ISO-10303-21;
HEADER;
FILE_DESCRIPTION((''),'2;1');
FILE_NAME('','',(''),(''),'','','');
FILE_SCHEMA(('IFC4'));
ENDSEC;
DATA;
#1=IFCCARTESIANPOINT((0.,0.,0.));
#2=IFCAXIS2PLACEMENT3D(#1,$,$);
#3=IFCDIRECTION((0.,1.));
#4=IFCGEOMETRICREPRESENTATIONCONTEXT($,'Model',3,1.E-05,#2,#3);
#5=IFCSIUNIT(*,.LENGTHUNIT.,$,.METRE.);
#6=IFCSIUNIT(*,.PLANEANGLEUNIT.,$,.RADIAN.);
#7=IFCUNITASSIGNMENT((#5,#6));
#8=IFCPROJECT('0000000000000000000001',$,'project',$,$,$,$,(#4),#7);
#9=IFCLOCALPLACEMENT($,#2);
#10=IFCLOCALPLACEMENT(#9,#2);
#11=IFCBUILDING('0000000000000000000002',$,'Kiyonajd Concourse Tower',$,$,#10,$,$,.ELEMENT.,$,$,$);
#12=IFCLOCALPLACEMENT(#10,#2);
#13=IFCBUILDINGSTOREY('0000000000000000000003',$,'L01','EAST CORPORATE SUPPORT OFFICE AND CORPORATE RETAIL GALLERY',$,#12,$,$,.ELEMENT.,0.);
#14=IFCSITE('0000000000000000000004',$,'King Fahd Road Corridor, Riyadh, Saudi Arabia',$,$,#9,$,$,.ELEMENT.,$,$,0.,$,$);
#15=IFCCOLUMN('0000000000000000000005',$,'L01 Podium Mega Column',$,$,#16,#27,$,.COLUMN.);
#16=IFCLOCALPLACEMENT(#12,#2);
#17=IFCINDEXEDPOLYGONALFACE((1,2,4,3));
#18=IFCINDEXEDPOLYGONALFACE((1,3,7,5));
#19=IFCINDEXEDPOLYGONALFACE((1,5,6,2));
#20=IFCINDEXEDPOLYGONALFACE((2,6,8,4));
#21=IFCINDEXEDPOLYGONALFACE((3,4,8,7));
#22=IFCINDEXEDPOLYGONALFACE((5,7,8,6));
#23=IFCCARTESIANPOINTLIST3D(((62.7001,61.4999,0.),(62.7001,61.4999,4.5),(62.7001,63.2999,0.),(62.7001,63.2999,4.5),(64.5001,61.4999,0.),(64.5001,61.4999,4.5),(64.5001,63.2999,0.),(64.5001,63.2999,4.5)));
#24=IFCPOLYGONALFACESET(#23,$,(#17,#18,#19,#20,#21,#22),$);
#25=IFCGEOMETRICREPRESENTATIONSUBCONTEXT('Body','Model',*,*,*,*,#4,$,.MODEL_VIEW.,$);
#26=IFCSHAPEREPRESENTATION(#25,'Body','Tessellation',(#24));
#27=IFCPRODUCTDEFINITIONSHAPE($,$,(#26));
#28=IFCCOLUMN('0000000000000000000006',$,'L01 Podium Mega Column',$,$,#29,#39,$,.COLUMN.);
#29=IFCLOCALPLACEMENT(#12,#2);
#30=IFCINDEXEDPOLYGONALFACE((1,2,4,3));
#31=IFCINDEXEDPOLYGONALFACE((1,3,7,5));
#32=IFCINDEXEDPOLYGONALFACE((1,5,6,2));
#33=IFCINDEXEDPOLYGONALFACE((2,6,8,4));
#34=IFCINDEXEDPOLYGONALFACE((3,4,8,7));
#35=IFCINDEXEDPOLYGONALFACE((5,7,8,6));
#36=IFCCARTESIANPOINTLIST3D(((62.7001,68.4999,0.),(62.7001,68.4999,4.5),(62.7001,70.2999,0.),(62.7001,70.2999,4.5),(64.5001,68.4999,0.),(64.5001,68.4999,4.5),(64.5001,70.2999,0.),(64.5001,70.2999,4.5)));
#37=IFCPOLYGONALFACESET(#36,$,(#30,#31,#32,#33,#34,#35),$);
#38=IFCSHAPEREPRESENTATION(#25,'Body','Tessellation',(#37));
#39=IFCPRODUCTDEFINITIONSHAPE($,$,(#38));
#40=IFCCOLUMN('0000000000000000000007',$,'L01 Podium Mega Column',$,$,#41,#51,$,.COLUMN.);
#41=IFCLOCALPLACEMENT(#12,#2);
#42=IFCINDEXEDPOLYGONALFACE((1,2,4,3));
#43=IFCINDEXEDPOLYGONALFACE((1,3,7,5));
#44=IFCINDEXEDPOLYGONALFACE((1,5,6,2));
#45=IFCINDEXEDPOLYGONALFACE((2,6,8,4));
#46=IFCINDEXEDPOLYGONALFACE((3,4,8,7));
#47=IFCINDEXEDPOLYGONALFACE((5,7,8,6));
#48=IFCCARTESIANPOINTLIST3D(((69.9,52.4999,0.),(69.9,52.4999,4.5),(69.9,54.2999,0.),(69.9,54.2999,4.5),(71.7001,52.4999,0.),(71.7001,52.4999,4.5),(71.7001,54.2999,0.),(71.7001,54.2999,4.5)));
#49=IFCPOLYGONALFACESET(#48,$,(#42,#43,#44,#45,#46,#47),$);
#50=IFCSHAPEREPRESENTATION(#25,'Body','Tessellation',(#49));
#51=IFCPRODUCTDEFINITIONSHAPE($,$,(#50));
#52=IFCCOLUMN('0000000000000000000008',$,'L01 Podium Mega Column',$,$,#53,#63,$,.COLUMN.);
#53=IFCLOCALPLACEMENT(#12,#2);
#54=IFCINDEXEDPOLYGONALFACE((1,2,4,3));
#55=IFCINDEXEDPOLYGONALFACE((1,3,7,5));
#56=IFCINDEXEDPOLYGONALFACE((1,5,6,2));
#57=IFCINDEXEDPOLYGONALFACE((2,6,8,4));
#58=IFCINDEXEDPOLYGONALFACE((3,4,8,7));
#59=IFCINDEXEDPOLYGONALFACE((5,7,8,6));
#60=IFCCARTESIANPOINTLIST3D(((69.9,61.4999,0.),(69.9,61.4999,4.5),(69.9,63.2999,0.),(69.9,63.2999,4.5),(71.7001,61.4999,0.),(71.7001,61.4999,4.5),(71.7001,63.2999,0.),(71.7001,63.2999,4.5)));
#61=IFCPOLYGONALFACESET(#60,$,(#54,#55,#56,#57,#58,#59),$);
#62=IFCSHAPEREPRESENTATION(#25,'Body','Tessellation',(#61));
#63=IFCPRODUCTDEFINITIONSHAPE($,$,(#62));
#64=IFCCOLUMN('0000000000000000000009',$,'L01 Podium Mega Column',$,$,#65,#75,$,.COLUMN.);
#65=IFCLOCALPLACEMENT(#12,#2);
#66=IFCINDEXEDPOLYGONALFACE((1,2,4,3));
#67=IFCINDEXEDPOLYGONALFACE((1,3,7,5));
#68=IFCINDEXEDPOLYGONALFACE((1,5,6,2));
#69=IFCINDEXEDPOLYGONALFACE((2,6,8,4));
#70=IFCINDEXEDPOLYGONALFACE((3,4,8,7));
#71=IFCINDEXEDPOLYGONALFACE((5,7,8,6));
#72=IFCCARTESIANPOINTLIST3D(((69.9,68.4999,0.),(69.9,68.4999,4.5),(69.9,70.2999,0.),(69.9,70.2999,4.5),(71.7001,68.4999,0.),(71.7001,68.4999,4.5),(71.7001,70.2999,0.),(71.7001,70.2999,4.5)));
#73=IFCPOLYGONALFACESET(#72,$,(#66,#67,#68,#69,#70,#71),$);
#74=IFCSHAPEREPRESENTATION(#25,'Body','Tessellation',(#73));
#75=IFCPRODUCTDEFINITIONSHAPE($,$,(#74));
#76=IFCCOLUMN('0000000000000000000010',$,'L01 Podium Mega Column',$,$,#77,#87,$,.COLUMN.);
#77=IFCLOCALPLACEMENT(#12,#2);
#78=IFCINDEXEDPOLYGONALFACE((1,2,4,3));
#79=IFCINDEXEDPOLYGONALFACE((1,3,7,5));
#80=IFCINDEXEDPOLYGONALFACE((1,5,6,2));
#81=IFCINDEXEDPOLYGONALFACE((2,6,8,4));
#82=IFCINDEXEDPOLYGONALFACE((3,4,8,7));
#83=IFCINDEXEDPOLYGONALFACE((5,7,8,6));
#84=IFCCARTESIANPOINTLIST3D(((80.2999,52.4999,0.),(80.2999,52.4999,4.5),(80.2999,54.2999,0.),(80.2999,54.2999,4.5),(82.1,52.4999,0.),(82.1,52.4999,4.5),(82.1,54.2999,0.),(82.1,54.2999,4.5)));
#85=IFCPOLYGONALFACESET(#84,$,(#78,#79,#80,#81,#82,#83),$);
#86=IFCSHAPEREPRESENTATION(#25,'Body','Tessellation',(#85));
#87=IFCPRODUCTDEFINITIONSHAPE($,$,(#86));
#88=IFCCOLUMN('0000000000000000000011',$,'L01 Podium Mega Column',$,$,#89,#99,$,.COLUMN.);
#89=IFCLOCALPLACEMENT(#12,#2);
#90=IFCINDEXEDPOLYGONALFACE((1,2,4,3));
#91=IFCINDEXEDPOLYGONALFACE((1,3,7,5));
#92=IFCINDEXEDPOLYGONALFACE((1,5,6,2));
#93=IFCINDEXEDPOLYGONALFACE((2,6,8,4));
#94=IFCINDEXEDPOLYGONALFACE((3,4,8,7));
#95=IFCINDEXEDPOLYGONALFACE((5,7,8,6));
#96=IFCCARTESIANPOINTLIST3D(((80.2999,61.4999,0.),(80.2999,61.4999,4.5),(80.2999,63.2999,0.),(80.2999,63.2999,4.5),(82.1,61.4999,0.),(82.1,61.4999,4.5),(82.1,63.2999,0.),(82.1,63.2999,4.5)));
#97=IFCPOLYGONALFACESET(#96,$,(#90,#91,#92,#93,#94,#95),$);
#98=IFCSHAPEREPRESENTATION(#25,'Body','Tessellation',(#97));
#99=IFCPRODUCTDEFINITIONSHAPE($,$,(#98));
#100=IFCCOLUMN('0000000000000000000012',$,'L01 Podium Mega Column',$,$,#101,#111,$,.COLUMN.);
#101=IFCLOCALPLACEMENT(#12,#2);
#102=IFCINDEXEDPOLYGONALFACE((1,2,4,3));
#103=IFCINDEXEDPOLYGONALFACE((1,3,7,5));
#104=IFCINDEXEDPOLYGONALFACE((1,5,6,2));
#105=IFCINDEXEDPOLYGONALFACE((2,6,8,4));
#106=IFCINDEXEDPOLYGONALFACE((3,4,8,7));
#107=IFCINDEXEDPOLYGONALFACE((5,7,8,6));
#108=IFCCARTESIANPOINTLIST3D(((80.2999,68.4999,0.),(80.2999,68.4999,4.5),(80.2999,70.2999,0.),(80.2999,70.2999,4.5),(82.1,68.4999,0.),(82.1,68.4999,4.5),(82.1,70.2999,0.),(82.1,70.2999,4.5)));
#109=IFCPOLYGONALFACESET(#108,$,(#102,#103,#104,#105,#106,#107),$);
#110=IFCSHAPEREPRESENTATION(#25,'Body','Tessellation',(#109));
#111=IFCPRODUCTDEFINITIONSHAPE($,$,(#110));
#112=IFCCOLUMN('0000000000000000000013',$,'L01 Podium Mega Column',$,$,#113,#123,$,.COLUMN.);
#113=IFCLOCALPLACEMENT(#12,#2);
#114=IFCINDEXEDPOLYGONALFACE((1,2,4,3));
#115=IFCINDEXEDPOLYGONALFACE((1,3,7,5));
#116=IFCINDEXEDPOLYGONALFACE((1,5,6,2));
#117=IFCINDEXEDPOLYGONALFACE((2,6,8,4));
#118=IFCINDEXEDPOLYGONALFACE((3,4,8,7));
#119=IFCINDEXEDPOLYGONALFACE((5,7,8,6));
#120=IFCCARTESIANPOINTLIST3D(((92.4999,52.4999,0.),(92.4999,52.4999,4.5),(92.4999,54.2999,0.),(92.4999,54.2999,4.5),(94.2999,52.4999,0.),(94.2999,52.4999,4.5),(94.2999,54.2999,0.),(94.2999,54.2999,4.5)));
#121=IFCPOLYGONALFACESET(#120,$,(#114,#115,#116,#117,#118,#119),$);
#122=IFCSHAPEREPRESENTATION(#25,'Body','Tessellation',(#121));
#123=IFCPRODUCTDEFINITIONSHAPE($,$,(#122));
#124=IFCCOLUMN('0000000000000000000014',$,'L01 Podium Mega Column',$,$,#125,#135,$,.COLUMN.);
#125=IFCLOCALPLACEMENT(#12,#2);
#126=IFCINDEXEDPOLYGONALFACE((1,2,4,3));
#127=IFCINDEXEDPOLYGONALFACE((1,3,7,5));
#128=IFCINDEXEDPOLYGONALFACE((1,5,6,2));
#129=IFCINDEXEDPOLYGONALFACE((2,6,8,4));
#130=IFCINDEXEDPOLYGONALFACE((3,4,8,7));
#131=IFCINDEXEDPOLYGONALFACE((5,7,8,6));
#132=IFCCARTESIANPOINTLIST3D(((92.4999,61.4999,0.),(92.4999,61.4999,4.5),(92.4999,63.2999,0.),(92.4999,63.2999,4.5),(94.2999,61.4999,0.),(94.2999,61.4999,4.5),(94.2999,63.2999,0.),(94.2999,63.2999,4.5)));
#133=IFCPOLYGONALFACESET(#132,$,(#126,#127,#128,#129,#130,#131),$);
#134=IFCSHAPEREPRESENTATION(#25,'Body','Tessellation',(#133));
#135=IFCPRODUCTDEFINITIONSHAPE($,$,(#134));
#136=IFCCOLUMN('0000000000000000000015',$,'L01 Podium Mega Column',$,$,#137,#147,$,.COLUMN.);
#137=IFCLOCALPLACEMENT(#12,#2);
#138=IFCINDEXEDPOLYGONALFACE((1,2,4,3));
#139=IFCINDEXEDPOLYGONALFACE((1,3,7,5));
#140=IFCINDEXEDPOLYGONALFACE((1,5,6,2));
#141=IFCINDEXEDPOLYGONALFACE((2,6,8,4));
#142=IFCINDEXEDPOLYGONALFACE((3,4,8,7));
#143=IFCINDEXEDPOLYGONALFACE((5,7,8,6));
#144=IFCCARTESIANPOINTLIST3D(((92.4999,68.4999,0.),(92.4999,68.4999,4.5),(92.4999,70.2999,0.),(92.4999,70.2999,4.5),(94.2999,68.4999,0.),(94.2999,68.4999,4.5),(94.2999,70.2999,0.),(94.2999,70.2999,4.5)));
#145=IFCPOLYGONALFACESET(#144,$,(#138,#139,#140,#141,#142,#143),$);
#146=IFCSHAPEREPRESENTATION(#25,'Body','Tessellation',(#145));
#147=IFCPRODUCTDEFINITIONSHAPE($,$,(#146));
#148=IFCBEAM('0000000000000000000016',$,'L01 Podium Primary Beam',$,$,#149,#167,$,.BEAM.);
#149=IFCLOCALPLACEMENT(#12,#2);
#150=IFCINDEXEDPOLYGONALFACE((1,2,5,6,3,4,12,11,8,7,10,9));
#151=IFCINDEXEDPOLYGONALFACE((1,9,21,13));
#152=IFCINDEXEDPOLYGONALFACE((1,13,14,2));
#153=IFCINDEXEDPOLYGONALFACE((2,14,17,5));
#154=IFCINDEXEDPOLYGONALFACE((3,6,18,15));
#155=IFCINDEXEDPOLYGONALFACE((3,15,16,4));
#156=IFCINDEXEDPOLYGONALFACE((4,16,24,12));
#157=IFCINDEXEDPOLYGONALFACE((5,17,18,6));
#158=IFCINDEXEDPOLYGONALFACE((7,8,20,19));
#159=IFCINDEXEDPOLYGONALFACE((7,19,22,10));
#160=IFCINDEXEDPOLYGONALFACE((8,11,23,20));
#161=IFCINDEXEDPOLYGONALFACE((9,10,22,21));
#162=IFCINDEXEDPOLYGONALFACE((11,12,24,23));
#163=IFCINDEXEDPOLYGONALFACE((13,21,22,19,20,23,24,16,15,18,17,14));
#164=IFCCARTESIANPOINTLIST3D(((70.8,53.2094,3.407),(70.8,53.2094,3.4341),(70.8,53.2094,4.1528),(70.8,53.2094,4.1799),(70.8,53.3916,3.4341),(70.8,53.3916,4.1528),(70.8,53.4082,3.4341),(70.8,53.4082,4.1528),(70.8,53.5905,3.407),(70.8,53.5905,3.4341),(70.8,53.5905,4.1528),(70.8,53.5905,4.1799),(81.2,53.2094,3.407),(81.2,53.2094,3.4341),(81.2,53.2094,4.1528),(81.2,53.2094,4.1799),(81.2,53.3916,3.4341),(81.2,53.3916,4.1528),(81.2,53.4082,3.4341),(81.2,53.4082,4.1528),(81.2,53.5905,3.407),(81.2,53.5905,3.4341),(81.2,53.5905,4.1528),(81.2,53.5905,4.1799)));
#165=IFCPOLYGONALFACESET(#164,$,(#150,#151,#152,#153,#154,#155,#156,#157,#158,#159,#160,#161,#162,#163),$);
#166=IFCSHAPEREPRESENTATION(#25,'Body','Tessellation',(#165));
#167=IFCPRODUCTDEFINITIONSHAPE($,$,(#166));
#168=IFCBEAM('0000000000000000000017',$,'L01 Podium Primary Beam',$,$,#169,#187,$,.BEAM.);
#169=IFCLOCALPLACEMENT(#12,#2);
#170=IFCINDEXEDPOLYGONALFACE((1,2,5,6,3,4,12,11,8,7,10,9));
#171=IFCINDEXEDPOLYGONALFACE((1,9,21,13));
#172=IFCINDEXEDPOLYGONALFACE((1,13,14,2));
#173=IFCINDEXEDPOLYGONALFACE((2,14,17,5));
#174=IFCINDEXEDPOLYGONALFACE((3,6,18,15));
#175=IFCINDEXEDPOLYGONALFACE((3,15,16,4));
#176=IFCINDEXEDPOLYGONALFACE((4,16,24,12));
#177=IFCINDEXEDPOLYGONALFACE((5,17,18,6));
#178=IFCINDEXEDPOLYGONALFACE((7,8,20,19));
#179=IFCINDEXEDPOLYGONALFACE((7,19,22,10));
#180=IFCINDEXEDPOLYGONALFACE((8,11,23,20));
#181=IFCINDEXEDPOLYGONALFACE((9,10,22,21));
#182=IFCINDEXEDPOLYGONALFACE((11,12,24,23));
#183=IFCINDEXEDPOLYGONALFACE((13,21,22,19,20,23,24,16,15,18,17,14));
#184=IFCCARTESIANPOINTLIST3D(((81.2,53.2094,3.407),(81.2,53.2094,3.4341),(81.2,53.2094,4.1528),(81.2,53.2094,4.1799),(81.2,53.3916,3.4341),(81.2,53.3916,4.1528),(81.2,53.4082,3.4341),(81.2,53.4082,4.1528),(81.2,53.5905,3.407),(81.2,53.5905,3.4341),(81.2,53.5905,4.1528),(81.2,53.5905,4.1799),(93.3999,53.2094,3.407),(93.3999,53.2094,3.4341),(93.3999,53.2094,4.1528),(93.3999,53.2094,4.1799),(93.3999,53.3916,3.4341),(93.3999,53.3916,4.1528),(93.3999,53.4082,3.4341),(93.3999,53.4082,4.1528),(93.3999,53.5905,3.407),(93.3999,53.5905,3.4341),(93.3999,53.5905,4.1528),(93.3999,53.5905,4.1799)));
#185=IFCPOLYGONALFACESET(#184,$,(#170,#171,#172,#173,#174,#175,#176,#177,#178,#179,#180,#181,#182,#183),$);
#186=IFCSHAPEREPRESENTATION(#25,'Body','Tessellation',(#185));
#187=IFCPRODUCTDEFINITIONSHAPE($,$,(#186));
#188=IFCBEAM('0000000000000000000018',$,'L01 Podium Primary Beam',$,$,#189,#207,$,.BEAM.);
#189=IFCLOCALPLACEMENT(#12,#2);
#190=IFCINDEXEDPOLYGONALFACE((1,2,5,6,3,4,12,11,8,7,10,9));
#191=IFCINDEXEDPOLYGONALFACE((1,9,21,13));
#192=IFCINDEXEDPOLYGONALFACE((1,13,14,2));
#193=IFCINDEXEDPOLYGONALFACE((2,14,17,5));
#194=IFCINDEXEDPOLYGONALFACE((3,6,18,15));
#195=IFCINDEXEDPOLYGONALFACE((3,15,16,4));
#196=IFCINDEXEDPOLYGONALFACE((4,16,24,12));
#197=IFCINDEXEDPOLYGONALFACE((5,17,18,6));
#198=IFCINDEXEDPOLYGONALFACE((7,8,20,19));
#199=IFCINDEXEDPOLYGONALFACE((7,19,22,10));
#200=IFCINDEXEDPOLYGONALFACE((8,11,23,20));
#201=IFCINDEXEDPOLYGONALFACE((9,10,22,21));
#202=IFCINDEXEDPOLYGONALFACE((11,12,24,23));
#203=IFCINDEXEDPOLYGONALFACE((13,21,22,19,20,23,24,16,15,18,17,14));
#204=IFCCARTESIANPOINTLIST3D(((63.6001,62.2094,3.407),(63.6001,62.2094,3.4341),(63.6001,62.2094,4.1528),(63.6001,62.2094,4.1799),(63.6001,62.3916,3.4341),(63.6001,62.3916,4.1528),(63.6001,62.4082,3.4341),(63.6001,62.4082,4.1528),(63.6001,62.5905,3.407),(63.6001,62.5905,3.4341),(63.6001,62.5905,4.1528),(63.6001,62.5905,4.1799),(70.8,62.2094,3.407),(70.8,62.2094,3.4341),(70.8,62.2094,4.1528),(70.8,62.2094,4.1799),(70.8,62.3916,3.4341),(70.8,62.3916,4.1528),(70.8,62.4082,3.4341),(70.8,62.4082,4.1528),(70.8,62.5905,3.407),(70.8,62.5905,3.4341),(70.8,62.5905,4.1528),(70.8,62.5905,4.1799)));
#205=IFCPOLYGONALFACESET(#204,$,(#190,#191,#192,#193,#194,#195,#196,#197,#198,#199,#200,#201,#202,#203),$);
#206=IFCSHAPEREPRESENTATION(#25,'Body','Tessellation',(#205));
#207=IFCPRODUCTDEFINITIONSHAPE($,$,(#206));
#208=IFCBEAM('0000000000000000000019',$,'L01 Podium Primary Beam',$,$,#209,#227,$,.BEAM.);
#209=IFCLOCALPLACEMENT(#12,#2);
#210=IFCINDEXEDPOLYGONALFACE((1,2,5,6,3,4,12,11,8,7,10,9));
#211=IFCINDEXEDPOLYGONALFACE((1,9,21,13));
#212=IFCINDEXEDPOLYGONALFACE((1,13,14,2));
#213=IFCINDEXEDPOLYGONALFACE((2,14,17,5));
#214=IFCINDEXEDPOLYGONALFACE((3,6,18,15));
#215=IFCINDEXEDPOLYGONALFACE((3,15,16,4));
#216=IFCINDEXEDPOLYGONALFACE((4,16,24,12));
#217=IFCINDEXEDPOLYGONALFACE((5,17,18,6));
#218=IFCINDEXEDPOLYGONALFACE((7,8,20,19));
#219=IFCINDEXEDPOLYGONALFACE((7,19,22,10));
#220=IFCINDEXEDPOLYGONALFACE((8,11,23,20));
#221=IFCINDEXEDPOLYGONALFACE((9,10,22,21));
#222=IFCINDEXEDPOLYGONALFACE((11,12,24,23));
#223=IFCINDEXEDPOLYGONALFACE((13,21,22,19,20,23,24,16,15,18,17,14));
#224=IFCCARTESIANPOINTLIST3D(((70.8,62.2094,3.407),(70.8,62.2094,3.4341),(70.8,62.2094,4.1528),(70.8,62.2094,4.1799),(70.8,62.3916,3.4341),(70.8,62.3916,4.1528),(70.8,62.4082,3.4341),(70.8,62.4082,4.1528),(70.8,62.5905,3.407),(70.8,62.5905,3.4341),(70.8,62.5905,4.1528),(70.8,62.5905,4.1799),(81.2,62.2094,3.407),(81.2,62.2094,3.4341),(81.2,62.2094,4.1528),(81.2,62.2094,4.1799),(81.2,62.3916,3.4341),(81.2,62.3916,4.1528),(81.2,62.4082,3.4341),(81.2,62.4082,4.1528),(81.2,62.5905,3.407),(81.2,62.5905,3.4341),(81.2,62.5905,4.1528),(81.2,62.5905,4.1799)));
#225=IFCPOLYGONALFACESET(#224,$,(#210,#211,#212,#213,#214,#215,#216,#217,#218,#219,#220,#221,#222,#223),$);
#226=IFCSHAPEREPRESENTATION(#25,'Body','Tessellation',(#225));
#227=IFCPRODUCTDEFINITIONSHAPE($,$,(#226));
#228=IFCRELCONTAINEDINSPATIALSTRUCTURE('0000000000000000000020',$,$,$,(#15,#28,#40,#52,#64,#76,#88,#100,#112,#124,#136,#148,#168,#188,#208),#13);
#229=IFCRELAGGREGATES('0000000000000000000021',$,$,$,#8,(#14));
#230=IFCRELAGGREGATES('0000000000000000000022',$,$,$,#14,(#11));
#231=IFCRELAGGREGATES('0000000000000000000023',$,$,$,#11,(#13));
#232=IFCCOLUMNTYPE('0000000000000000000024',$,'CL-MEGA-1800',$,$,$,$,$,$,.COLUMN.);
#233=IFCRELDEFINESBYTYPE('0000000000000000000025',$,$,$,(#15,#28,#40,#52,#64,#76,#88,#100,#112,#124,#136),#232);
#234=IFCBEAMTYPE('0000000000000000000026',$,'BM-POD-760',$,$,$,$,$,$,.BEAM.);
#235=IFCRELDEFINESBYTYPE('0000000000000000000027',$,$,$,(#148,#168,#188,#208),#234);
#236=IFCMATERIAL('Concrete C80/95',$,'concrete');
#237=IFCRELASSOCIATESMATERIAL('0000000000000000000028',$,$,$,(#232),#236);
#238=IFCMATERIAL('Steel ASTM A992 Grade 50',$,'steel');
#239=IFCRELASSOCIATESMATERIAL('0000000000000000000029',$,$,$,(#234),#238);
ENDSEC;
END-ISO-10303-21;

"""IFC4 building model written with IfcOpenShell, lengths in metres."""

from ifc_helpers import new_model, si_unit, direction, frame, origin, origin_2d, place, context, subcontext, project, spatial, rectangle, i_section, extrude, material, material_profile, profile_set, type_object, element, save


model = new_model("IFC4")

# Units and contexts
model_context = context("Model", 3, precision=1e-05, world=origin(), true_north=direction((0.0, 1.0)))
body_context = subcontext(model_context, "Body", "Model", "MODEL_VIEW")
ifc_project = project(units=[si_unit("LENGTHUNIT", "METRE"), si_unit("PLANEANGLEUNIT", "RADIAN")], contexts=[model_context])

# Site, building, storey
site_placement = place(None, origin())
site = spatial("IfcSite", under=ifc_project, at=site_placement, Name="King Fahd Road Corridor, Riyadh, Saudi Arabia", CompositionType="ELEMENT", RefElevation=0.0)
building_placement = place(site_placement, origin())
building = spatial("IfcBuilding", under=site, at=building_placement, Name="Kiyonajd Concourse Tower", CompositionType="ELEMENT")
storey_placement = place(building_placement, origin())
storey = spatial("IfcBuildingStorey", under=building, at=storey_placement, Name="L01", Description="EAST CORPORATE SUPPORT OFFICE AND CORPORATE RETAIL GALLERY", CompositionType="ELEMENT", Elevation=0.0)

# Columns
ifc_material_1 = material(Name="Concrete C80/95", Category="concrete")
ifc_material_profile_1 = material_profile(ifc_material_1, rectangle(XDim=1.8, YDim=1.8, at=origin_2d()), Name="RC-1800x1800")
ifc_profile_set_1 = profile_set([ifc_material_profile_1], Name="Concrete C80/95")
column_type = type_object("IfcColumnType", Name="CL-MEGA-1800", PredefinedType="COLUMN", material=ifc_profile_set_1)
for number, where, z_axis, x_axis, name in (
    (1, (63.6001, 62.3999, 0.0), (0.0, 0.0, 1.0), (1.0, 0.0, 0.0), "L01 Podium Mega Column"),
    (2, (63.6001, 69.3999, 0.0), (0.0, 0.0, 1.0), (1.0, 0.0, 0.0), "L01 Podium Mega Column"),
    (3, (70.8, 53.3999, 0.0), (0.0, 0.0, 1.0), (1.0, 0.0, 0.0), "L01 Podium Mega Column"),
    (4, (70.8, 62.3999, 0.0), (0.0, 0.0, 1.0), (1.0, 0.0, 0.0), "L01 Podium Mega Column"),
    (5, (70.8, 69.3999, 0.0), (0.0, 0.0, 1.0), (1.0, 0.0, 0.0), "L01 Podium Mega Column"),
    (6, (81.2, 53.3999, 0.0), (0.0, 0.0, 1.0), (1.0, 0.0, 0.0), "L01 Podium Mega Column"),
    (7, (81.2, 62.3999, 0.0), (0.0, 0.0, 1.0), (1.0, 0.0, 0.0), "L01 Podium Mega Column"),
    (8, (81.2, 69.3999, 0.0), (0.0, 0.0, 1.0), (1.0, 0.0, 0.0), "L01 Podium Mega Column"),
    (9, (93.3999, 53.3999, 0.0), (0.0, 0.0, 1.0), (1.0, 0.0, 0.0), "L01 Podium Mega Column"),
    (10, (93.3999, 62.3999, 0.0), (0.0, 0.0, 1.0), (1.0, 0.0, 0.0), "L01 Podium Mega Column"),
    (11, (93.3999, 69.3999, 0.0), (0.0, 0.0, 1.0), (1.0, 0.0, 0.0), "L01 Podium Mega Column"),
):
    element("IfcColumn", number, at=place(storey_placement, frame(where, z_axis=z_axis, x_axis=x_axis)), inside=storey, type_object=column_type, Name=name, PredefinedType="COLUMN", context=body_context, shape_type="SweptSolid", body=[
        extrude(rectangle(XDim=1.8, YDim=1.8, at=origin_2d()), origin(), (0.0, 0.0, 1.0), 4.5),
    ])

# Beams
ifc_material_2 = material(Name="Steel ASTM A992 Grade 50", Category="steel")
ifc_material_profile_2 = material_profile(ifc_material_2, i_section(OverallWidth=0.3811, OverallDepth=0.7729, WebThickness=0.0166, FlangeThickness=0.0271, at=origin_2d()), Name="W760X257")
ifc_profile_set_2 = profile_set([ifc_material_profile_2], Name="Steel ASTM A992 Grade 50")
beam_type = type_object("IfcBeamType", Name="BM-POD-760", PredefinedType="BEAM", material=ifc_profile_set_2)
beam_1_placement = place(storey_placement, frame((70.8, 53.3999, 3.7935), z_axis=(1.0, 0.0, 0.0), x_axis=(0.0, 1.0, 0.0)))
element("IfcBeam", 12, at=beam_1_placement, inside=storey, type_object=beam_type, Name="L01 Podium Primary Beam", PredefinedType="BEAM", context=body_context, shape_type="SweptSolid", body=[
    extrude(i_section(OverallWidth=0.3811, OverallDepth=0.7729, WebThickness=0.0166, FlangeThickness=0.0271, at=origin_2d()), origin(), (0.0, 0.0, 1.0), 10.3999),
])
beam_2_placement = place(storey_placement, frame((81.2, 53.3999, 3.7935), z_axis=(1.0, 0.0, 0.0), x_axis=(0.0, 1.0, 0.0)))
element("IfcBeam", 13, at=beam_2_placement, inside=storey, type_object=beam_type, Name="L01 Podium Primary Beam", PredefinedType="BEAM", context=body_context, shape_type="SweptSolid", body=[
    extrude(i_section(OverallWidth=0.3811, OverallDepth=0.7729, WebThickness=0.0166, FlangeThickness=0.0271, at=origin_2d()), origin(), (0.0, 0.0, 1.0), 12.2),
])
beam_3_placement = place(storey_placement, frame((63.6001, 62.3999, 3.7935), z_axis=(1.0, 0.0, 0.0), x_axis=(0.0, 1.0, 0.0)))
element("IfcBeam", 14, at=beam_3_placement, inside=storey, type_object=beam_type, Name="L01 Podium Primary Beam", PredefinedType="BEAM", context=body_context, shape_type="SweptSolid", body=[
    extrude(i_section(OverallWidth=0.3811, OverallDepth=0.7729, WebThickness=0.0166, FlangeThickness=0.0271, at=origin_2d()), origin(), (0.0, 0.0, 1.0), 7.2),
])
beam_4_placement = place(storey_placement, frame((70.8, 62.3999, 3.7935), z_axis=(1.0, 0.0, 0.0), x_axis=(0.0, 1.0, 0.0)))
element("IfcBeam", 15, at=beam_4_placement, inside=storey, type_object=beam_type, Name="L01 Podium Primary Beam", PredefinedType="BEAM", context=body_context, shape_type="SweptSolid", body=[
    extrude(i_section(OverallWidth=0.3811, OverallDepth=0.7729, WebThickness=0.0166, FlangeThickness=0.0271, at=origin_2d()), origin(), (0.0, 0.0, 1.0), 10.3999),
])

save(model, "model.ifc")
